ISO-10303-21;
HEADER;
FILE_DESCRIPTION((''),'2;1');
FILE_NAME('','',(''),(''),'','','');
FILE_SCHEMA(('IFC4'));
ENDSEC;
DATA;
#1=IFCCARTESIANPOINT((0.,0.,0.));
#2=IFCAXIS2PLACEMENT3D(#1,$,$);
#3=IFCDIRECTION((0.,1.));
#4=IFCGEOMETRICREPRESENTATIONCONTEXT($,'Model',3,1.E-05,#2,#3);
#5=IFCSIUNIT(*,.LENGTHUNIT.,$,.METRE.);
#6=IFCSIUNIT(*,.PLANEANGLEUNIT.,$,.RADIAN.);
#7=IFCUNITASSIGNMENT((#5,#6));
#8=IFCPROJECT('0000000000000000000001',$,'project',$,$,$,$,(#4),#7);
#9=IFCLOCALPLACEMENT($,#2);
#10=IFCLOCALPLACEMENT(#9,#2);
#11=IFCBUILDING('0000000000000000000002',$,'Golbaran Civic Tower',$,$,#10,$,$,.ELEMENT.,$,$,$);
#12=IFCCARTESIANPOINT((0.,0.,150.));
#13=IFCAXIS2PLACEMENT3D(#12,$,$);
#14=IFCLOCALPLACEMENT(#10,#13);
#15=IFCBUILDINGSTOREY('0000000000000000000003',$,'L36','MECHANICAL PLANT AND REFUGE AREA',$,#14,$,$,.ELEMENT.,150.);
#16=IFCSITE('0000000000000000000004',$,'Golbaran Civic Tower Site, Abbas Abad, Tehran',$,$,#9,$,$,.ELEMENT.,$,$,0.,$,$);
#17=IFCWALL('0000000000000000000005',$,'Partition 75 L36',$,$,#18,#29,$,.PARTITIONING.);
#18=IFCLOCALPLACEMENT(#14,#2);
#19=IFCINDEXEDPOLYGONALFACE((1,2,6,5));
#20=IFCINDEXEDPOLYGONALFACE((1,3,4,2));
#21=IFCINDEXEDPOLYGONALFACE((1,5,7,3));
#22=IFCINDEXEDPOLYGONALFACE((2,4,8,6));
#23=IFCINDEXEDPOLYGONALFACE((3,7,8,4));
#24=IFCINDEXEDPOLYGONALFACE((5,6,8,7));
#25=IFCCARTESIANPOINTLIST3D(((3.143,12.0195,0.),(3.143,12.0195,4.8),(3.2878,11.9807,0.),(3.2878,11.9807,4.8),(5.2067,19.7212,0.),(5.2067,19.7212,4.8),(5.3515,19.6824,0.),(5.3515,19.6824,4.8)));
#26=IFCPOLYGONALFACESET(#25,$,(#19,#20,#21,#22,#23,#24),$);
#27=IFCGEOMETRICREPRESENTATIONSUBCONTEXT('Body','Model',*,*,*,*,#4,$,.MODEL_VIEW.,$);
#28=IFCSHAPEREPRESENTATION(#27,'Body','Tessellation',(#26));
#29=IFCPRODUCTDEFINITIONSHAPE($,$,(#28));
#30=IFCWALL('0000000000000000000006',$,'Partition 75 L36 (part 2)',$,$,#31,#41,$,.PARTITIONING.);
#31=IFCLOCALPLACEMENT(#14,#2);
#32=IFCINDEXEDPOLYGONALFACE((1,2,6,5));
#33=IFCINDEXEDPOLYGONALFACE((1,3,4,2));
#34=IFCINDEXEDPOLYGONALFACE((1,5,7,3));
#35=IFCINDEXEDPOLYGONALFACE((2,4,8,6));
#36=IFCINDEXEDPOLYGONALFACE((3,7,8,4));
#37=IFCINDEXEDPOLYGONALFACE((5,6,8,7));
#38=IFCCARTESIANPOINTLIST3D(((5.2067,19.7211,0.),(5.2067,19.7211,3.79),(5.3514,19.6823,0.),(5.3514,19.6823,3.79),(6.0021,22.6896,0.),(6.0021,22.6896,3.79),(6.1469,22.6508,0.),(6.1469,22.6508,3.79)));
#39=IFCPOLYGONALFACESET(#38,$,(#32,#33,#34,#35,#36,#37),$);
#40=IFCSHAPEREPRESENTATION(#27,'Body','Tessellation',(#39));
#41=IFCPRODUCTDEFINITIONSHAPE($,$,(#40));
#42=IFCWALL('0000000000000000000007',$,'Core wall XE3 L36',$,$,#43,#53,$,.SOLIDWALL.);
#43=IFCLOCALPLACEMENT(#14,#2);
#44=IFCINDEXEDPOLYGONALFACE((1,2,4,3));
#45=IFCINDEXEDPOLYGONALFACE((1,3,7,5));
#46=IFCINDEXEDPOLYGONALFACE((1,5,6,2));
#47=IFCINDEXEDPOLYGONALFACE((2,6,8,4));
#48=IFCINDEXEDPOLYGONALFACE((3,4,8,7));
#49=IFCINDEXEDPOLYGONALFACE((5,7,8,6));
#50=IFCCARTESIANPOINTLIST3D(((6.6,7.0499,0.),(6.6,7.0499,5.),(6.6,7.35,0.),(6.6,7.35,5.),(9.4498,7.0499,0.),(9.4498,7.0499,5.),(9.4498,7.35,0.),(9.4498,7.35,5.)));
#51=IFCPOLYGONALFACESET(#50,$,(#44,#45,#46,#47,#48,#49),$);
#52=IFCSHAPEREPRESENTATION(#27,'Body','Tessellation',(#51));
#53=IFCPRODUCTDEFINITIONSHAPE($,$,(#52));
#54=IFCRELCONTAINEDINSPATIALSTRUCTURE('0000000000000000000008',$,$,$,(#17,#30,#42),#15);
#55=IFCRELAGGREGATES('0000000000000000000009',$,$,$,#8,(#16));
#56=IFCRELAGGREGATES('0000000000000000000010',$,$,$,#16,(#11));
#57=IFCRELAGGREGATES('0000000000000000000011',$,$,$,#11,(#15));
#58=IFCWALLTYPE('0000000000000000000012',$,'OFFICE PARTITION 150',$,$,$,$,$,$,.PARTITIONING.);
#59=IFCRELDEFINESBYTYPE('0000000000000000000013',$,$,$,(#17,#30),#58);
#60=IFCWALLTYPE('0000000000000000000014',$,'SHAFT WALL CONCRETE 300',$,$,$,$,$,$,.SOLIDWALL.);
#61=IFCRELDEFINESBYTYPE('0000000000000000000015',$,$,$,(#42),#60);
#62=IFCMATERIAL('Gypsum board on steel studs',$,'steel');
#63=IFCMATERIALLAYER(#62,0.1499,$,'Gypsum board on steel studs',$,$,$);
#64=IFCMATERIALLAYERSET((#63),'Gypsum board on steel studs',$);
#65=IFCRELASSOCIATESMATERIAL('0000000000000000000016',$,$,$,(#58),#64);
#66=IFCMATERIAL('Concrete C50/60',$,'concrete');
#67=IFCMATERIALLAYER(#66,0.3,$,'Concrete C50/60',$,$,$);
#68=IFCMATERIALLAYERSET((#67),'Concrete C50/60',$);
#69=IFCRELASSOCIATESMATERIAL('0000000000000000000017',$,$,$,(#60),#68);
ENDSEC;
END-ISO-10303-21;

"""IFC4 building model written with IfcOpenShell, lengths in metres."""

from ifc_helpers import new_model, si_unit, direction, frame, frame_2d, origin, place, context, subcontext, project, spatial, rectangle, extrude, material, layer, layer_set, type_object, element, save


model = new_model("IFC4")

# Units and contexts
model_context = context("Model", 3, precision=1e-05, world=origin(), true_north=direction((0.0, 1.0)))
body_context = subcontext(model_context, "Body", "Model", "MODEL_VIEW")
ifc_project = project(units=[si_unit("LENGTHUNIT", "METRE"), si_unit("PLANEANGLEUNIT", "RADIAN")], contexts=[model_context])

# Site, building, storey
site_placement = place(None, origin())
site = spatial("IfcSite", under=ifc_project, at=site_placement, Name="Golbaran Civic Tower Site, Abbas Abad, Tehran", CompositionType="ELEMENT", RefElevation=0.0)
building_placement = place(site_placement, origin())
building = spatial("IfcBuilding", under=site, at=building_placement, Name="Golbaran Civic Tower", CompositionType="ELEMENT")
storey_placement = place(building_placement, frame((0.0, 0.0, 150.0)))
storey = spatial("IfcBuildingStorey", under=building, at=storey_placement, Name="L36", Description="MECHANICAL PLANT AND REFUGE AREA", CompositionType="ELEMENT", Elevation=150.0)

# Shared definitions
ifc_material_1 = material(Name="Concrete C50/60", Category="concrete")

# Walls
ifc_material_2 = material(Name="Gypsum board on steel studs", Category="steel")
ifc_layer_1 = layer(ifc_material_2, 0.1499, Name="Gypsum board on steel studs")
ifc_layer_set_1 = layer_set([ifc_layer_1], Name="Gypsum board on steel studs")
wall_type_1 = type_object("IfcWallType", Name="OFFICE PARTITION 150", PredefinedType="PARTITIONING", material=ifc_layer_set_1)
wall_1_placement = place(storey_placement, frame((3.2153, 12.0, 0.0), z_axis=(0.0, 0.0, 1.0), x_axis=(0.258827, 0.965924, 0.0)))
element("IfcWall", 1, at=wall_1_placement, inside=storey, type_object=wall_type_1, Name="Partition 75 L36", PredefinedType="PARTITIONING", context=body_context, shape_type="SweptSolid", body=[
    extrude(rectangle(XDim=7.9734, YDim=0.1499, at=frame_2d((3.9868, 0.0))), origin(), (0.0, 0.0, 1.0), 4.8),
])
wall_2_placement = place(storey_placement, frame((5.2791, 19.7017, 0.0), z_axis=(0.0, 0.0, 1.0), x_axis=(0.258819, 0.965926, 0.0)))
element("IfcWall", 2, at=wall_2_placement, inside=storey, type_object=wall_type_1, Name="Partition 75 L36 (part 2)", PredefinedType="PARTITIONING", context=body_context, shape_type="SweptSolid", body=[
    extrude(rectangle(XDim=3.0732, YDim=0.1499, at=frame_2d((1.5366, 0.0))), origin(), (0.0, 0.0, 1.0), 3.79),
])
ifc_layer_2 = layer(ifc_material_1, 0.3, Name="Concrete C50/60")
ifc_layer_set_2 = layer_set([ifc_layer_2], Name="Concrete C50/60")
wall_type_2 = type_object("IfcWallType", Name="SHAFT WALL CONCRETE 300", PredefinedType="SOLIDWALL", material=ifc_layer_set_2)
wall_3_placement = place(storey_placement, frame((6.6001, 7.2, 0.0), z_axis=(0.0, 0.0, 1.0), x_axis=(1.0, 0.0, 0.0)))
element("IfcWall", 3, at=wall_3_placement, inside=storey, type_object=wall_type_2, Name="Core wall XE3 L36", PredefinedType="SOLIDWALL", context=body_context, shape_type="SweptSolid", body=[
    extrude(rectangle(XDim=2.8499, YDim=0.3, at=frame_2d((1.4248, 0.0))), origin(), (0.0, 0.0, 1.0), 5.0),
])

save(model, "model.ifc")
